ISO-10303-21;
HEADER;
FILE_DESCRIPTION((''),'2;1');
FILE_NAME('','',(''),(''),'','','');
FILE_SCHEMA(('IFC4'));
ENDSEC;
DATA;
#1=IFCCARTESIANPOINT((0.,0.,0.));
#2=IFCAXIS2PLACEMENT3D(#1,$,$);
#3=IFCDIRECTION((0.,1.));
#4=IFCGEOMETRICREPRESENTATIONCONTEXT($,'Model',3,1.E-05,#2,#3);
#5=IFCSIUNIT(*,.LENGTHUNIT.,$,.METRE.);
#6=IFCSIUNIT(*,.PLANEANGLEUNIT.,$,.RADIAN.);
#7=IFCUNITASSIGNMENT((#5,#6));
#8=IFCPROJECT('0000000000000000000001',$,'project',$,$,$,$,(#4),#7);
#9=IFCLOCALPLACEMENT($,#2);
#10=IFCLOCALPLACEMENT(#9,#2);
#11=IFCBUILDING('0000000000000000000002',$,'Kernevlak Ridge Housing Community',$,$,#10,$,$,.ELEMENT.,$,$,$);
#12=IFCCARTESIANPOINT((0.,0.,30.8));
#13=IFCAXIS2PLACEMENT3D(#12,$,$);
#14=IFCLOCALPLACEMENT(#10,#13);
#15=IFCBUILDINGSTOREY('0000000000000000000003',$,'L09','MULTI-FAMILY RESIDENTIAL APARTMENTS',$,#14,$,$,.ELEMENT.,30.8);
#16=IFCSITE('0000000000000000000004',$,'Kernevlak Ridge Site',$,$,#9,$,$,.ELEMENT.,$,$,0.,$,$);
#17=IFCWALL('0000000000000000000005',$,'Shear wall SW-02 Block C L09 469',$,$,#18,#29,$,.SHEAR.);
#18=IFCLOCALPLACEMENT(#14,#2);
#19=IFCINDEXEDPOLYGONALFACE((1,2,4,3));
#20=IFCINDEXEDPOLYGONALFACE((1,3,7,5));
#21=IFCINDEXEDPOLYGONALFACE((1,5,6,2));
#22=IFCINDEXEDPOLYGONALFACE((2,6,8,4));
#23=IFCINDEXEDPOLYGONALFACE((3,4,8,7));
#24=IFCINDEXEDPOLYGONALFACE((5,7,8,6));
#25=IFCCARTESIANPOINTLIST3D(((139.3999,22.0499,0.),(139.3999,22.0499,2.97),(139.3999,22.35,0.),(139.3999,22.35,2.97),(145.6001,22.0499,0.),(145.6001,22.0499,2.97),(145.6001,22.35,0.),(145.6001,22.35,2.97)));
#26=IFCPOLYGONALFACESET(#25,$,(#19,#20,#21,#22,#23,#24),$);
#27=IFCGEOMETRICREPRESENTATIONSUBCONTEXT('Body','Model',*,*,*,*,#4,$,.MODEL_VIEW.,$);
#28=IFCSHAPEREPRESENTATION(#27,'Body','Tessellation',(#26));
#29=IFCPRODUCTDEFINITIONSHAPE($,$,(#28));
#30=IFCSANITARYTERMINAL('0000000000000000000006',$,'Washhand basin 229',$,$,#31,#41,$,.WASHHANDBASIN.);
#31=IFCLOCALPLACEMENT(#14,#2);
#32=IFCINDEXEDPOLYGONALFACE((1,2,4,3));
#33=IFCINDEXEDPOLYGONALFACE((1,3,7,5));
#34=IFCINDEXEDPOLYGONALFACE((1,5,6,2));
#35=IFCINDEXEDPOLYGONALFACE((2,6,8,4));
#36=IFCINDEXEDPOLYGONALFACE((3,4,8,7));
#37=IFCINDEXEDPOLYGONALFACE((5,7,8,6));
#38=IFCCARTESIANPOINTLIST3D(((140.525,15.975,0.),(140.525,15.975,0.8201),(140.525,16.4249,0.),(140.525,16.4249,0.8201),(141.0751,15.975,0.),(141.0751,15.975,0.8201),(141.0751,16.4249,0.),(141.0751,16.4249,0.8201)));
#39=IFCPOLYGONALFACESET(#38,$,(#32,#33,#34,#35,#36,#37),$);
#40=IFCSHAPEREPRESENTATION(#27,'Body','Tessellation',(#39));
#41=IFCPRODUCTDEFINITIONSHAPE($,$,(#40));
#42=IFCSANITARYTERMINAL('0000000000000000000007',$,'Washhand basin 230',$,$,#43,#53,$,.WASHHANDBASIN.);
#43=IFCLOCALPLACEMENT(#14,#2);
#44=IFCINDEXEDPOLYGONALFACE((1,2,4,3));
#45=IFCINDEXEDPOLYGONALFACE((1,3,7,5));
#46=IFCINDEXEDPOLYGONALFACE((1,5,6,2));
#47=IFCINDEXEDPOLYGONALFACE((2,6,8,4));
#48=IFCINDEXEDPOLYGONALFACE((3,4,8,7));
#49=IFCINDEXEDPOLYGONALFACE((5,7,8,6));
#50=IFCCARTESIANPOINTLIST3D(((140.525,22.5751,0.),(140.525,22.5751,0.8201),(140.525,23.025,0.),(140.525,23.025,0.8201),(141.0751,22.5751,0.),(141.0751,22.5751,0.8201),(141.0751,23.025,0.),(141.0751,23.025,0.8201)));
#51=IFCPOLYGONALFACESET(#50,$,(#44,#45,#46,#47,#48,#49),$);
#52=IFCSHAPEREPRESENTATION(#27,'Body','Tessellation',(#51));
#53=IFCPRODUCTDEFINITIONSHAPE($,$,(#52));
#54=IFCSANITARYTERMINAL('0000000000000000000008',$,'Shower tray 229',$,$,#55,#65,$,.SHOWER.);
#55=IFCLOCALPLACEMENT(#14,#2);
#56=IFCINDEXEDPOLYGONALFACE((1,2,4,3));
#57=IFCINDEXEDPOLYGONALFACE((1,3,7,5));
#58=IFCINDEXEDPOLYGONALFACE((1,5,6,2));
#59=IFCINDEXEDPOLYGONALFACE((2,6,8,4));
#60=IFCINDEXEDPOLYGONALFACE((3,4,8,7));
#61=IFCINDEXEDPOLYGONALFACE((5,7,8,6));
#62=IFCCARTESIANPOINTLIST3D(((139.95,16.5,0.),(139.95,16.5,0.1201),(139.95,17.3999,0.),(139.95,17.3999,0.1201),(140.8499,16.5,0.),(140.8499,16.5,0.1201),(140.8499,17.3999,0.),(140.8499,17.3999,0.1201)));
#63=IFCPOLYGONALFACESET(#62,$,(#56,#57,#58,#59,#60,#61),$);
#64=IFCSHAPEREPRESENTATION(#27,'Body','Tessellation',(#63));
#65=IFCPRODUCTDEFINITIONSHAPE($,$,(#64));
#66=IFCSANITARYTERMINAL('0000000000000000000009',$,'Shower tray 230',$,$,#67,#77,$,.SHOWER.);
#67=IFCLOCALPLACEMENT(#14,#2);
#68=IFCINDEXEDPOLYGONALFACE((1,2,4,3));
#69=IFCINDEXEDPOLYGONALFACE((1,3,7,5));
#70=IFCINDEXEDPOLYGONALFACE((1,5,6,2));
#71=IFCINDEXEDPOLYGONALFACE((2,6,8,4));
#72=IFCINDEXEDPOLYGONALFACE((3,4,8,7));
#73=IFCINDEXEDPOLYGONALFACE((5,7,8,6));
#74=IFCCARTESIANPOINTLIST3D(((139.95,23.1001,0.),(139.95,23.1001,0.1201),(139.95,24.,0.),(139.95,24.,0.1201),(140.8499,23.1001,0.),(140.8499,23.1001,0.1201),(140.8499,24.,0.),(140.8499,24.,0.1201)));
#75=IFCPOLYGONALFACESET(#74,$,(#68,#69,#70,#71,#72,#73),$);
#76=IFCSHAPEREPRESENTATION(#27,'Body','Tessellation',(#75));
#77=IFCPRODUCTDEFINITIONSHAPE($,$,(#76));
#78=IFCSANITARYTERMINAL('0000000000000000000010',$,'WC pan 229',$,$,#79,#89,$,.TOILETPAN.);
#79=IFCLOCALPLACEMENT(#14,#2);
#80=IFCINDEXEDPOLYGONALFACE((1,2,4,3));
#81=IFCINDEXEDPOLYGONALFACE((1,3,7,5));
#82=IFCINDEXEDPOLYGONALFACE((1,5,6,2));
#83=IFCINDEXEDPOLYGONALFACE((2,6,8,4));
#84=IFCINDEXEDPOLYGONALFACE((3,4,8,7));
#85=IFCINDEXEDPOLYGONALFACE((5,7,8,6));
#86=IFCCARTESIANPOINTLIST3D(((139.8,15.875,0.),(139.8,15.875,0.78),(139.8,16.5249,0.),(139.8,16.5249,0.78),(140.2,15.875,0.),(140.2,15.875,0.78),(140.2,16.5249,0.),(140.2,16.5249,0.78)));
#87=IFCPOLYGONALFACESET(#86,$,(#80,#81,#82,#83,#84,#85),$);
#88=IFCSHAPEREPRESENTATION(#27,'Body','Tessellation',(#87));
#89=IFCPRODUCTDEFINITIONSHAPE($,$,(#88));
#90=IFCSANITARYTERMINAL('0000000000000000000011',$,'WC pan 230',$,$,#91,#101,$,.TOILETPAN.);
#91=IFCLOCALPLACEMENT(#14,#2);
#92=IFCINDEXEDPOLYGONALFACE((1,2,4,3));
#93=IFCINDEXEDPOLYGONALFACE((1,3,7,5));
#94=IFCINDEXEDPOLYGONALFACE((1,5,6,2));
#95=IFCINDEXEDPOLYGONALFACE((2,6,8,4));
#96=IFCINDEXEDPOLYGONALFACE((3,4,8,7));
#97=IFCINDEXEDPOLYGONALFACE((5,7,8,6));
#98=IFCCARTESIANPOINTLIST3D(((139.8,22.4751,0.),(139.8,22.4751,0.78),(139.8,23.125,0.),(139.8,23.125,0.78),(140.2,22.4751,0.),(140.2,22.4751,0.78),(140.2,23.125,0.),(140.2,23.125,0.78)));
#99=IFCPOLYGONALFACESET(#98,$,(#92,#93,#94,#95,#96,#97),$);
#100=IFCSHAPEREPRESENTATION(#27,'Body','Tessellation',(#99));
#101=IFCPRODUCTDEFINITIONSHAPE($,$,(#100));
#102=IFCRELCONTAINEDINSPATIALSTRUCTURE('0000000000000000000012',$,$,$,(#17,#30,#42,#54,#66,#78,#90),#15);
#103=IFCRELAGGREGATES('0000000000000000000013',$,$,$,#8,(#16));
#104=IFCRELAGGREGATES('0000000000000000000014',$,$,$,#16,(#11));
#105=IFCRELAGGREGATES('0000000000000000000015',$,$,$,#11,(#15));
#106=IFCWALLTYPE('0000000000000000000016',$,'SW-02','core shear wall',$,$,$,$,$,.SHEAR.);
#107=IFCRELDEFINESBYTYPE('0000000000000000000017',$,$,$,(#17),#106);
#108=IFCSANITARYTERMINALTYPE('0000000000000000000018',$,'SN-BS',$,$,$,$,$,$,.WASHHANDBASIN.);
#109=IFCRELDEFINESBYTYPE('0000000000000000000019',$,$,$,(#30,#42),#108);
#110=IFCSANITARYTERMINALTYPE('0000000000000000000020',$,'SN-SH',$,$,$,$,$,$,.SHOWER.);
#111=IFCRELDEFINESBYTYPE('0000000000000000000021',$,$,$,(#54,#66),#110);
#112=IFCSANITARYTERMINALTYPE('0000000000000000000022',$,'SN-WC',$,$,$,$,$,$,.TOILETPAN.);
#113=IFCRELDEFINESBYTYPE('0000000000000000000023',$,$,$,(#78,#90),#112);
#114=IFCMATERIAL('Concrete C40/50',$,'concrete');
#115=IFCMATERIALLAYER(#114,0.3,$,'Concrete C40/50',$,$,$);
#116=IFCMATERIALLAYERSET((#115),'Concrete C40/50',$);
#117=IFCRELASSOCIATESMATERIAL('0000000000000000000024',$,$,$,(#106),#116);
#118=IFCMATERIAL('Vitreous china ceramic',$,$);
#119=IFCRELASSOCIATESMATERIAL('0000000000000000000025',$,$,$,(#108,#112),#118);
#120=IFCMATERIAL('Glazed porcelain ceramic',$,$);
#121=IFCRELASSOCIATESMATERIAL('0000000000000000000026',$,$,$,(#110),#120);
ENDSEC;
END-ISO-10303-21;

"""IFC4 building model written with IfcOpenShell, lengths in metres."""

from ifc_helpers import new_model, si_unit, direction, frame, frame_2d, origin, origin_2d, place, context, subcontext, project, spatial, rectangle, extrude, material, layer, layer_set, type_object, element, save


model = new_model("IFC4")

# Units and contexts
model_context = context("Model", 3, precision=1e-05, world=origin(), true_north=direction((0.0, 1.0)))
body_context = subcontext(model_context, "Body", "Model", "MODEL_VIEW")
ifc_project = project(units=[si_unit("LENGTHUNIT", "METRE"), si_unit("PLANEANGLEUNIT", "RADIAN")], contexts=[model_context])

# Site, building, storey
site_placement = place(None, origin())
site = spatial("IfcSite", under=ifc_project, at=site_placement, Name="Kernevlak Ridge Site", CompositionType="ELEMENT", RefElevation=0.0)
building_placement = place(site_placement, origin())
building = spatial("IfcBuilding", under=site, at=building_placement, Name="Kernevlak Ridge Housing Community", CompositionType="ELEMENT")
storey_placement = place(building_placement, frame((0.0, 0.0, 30.8)))
storey = spatial("IfcBuildingStorey", under=building, at=storey_placement, Name="L09", Description="MULTI-FAMILY RESIDENTIAL APARTMENTS", CompositionType="ELEMENT", Elevation=30.8)

# Wall
ifc_material_1 = material(Name="Concrete C40/50", Category="concrete")
ifc_layer_1 = layer(ifc_material_1, 0.3, Name="Concrete C40/50")
ifc_layer_set_1 = layer_set([ifc_layer_1], Name="Concrete C40/50")
wall_type_1 = type_object("IfcWallType", Name="SW-02", Description="core shear wall", PredefinedType="SHEAR", material=ifc_layer_set_1)
wall_1_placement = place(storey_placement, frame((139.3999, 22.2, 0.0), z_axis=(0.0, 0.0, 1.0), x_axis=(1.0, 0.0, 0.0)))
element("IfcWall", 1, at=wall_1_placement, inside=storey, type_object=wall_type_1, Name="Shear wall SW-02 Block C L09 469", PredefinedType="SHEAR", context=body_context, shape_type="SweptSolid", body=[
    extrude(rectangle(XDim=6.2002, YDim=0.3, at=frame_2d((3.1001, 0.0))), origin(), (0.0, 0.0, 1.0), 2.97),
])

# Sanitary terminals
ifc_material_2 = material(Name="Vitreous china ceramic")
sanitary_terminal_type_1 = type_object("IfcSanitaryTerminalType", Name="SN-BS", PredefinedType="WASHHANDBASIN", material=ifc_material_2)
for number, where, z_axis, x_axis, name in (
    (2, (140.8, 16.2, 0.0), (0.0, 0.0, 1.0), (1.0, 0.0, 0.0), "Washhand basin 229"),
    (3, (140.8, 22.8, 0.0), (0.0, 0.0, 1.0), (1.0, 0.0, 0.0), "Washhand basin 230"),
):
    element("IfcSanitaryTerminal", number, at=place(storey_placement, frame(where, z_axis=z_axis, x_axis=x_axis)), inside=storey, type_object=sanitary_terminal_type_1, Name=name, PredefinedType="WASHHANDBASIN", context=body_context, shape_type="SweptSolid", body=[
        extrude(rectangle(XDim=0.55, YDim=0.45, at=origin_2d()), origin(), (0.0, 0.0, 1.0), 0.8201),
    ])
ifc_material_3 = material(Name="Glazed porcelain ceramic")
sanitary_terminal_type_2 = type_object("IfcSanitaryTerminalType", Name="SN-SH", PredefinedType="SHOWER", material=ifc_material_3)
for number, where, z_axis, x_axis, name in (
    (4, (140.3999, 16.95, 0.0), (0.0, 0.0, 1.0), (1.0, 0.0, 0.0), "Shower tray 229"),
    (5, (140.3999, 23.55, 0.0), (0.0, 0.0, 1.0), (1.0, 0.0, 0.0), "Shower tray 230"),
):
    element("IfcSanitaryTerminal", number, at=place(storey_placement, frame(where, z_axis=z_axis, x_axis=x_axis)), inside=storey, type_object=sanitary_terminal_type_2, Name=name, PredefinedType="SHOWER", context=body_context, shape_type="SweptSolid", body=[
        extrude(rectangle(XDim=0.8999, YDim=0.8999, at=origin_2d()), origin(), (0.0, 0.0, 1.0), 0.1201),
    ])
sanitary_terminal_type_3 = type_object("IfcSanitaryTerminalType", Name="SN-WC", PredefinedType="TOILETPAN", material=ifc_material_2)
for number, where, z_axis, x_axis, name in (
    (6, (140.0, 16.2, 0.0), (0.0, 0.0, 1.0), (1.0, 0.0, 0.0), "WC pan 229"),
    (7, (140.0, 22.8, 0.0), (0.0, 0.0, 1.0), (1.0, 0.0, 0.0), "WC pan 230"),
):
    element("IfcSanitaryTerminal", number, at=place(storey_placement, frame(where, z_axis=z_axis, x_axis=x_axis)), inside=storey, type_object=sanitary_terminal_type_3, Name=name, PredefinedType="TOILETPAN", context=body_context, shape_type="SweptSolid", body=[
        extrude(rectangle(XDim=0.3999, YDim=0.6499, at=origin_2d()), origin(), (0.0, 0.0, 1.0), 0.78),
    ])

save(model, "model.ifc")
